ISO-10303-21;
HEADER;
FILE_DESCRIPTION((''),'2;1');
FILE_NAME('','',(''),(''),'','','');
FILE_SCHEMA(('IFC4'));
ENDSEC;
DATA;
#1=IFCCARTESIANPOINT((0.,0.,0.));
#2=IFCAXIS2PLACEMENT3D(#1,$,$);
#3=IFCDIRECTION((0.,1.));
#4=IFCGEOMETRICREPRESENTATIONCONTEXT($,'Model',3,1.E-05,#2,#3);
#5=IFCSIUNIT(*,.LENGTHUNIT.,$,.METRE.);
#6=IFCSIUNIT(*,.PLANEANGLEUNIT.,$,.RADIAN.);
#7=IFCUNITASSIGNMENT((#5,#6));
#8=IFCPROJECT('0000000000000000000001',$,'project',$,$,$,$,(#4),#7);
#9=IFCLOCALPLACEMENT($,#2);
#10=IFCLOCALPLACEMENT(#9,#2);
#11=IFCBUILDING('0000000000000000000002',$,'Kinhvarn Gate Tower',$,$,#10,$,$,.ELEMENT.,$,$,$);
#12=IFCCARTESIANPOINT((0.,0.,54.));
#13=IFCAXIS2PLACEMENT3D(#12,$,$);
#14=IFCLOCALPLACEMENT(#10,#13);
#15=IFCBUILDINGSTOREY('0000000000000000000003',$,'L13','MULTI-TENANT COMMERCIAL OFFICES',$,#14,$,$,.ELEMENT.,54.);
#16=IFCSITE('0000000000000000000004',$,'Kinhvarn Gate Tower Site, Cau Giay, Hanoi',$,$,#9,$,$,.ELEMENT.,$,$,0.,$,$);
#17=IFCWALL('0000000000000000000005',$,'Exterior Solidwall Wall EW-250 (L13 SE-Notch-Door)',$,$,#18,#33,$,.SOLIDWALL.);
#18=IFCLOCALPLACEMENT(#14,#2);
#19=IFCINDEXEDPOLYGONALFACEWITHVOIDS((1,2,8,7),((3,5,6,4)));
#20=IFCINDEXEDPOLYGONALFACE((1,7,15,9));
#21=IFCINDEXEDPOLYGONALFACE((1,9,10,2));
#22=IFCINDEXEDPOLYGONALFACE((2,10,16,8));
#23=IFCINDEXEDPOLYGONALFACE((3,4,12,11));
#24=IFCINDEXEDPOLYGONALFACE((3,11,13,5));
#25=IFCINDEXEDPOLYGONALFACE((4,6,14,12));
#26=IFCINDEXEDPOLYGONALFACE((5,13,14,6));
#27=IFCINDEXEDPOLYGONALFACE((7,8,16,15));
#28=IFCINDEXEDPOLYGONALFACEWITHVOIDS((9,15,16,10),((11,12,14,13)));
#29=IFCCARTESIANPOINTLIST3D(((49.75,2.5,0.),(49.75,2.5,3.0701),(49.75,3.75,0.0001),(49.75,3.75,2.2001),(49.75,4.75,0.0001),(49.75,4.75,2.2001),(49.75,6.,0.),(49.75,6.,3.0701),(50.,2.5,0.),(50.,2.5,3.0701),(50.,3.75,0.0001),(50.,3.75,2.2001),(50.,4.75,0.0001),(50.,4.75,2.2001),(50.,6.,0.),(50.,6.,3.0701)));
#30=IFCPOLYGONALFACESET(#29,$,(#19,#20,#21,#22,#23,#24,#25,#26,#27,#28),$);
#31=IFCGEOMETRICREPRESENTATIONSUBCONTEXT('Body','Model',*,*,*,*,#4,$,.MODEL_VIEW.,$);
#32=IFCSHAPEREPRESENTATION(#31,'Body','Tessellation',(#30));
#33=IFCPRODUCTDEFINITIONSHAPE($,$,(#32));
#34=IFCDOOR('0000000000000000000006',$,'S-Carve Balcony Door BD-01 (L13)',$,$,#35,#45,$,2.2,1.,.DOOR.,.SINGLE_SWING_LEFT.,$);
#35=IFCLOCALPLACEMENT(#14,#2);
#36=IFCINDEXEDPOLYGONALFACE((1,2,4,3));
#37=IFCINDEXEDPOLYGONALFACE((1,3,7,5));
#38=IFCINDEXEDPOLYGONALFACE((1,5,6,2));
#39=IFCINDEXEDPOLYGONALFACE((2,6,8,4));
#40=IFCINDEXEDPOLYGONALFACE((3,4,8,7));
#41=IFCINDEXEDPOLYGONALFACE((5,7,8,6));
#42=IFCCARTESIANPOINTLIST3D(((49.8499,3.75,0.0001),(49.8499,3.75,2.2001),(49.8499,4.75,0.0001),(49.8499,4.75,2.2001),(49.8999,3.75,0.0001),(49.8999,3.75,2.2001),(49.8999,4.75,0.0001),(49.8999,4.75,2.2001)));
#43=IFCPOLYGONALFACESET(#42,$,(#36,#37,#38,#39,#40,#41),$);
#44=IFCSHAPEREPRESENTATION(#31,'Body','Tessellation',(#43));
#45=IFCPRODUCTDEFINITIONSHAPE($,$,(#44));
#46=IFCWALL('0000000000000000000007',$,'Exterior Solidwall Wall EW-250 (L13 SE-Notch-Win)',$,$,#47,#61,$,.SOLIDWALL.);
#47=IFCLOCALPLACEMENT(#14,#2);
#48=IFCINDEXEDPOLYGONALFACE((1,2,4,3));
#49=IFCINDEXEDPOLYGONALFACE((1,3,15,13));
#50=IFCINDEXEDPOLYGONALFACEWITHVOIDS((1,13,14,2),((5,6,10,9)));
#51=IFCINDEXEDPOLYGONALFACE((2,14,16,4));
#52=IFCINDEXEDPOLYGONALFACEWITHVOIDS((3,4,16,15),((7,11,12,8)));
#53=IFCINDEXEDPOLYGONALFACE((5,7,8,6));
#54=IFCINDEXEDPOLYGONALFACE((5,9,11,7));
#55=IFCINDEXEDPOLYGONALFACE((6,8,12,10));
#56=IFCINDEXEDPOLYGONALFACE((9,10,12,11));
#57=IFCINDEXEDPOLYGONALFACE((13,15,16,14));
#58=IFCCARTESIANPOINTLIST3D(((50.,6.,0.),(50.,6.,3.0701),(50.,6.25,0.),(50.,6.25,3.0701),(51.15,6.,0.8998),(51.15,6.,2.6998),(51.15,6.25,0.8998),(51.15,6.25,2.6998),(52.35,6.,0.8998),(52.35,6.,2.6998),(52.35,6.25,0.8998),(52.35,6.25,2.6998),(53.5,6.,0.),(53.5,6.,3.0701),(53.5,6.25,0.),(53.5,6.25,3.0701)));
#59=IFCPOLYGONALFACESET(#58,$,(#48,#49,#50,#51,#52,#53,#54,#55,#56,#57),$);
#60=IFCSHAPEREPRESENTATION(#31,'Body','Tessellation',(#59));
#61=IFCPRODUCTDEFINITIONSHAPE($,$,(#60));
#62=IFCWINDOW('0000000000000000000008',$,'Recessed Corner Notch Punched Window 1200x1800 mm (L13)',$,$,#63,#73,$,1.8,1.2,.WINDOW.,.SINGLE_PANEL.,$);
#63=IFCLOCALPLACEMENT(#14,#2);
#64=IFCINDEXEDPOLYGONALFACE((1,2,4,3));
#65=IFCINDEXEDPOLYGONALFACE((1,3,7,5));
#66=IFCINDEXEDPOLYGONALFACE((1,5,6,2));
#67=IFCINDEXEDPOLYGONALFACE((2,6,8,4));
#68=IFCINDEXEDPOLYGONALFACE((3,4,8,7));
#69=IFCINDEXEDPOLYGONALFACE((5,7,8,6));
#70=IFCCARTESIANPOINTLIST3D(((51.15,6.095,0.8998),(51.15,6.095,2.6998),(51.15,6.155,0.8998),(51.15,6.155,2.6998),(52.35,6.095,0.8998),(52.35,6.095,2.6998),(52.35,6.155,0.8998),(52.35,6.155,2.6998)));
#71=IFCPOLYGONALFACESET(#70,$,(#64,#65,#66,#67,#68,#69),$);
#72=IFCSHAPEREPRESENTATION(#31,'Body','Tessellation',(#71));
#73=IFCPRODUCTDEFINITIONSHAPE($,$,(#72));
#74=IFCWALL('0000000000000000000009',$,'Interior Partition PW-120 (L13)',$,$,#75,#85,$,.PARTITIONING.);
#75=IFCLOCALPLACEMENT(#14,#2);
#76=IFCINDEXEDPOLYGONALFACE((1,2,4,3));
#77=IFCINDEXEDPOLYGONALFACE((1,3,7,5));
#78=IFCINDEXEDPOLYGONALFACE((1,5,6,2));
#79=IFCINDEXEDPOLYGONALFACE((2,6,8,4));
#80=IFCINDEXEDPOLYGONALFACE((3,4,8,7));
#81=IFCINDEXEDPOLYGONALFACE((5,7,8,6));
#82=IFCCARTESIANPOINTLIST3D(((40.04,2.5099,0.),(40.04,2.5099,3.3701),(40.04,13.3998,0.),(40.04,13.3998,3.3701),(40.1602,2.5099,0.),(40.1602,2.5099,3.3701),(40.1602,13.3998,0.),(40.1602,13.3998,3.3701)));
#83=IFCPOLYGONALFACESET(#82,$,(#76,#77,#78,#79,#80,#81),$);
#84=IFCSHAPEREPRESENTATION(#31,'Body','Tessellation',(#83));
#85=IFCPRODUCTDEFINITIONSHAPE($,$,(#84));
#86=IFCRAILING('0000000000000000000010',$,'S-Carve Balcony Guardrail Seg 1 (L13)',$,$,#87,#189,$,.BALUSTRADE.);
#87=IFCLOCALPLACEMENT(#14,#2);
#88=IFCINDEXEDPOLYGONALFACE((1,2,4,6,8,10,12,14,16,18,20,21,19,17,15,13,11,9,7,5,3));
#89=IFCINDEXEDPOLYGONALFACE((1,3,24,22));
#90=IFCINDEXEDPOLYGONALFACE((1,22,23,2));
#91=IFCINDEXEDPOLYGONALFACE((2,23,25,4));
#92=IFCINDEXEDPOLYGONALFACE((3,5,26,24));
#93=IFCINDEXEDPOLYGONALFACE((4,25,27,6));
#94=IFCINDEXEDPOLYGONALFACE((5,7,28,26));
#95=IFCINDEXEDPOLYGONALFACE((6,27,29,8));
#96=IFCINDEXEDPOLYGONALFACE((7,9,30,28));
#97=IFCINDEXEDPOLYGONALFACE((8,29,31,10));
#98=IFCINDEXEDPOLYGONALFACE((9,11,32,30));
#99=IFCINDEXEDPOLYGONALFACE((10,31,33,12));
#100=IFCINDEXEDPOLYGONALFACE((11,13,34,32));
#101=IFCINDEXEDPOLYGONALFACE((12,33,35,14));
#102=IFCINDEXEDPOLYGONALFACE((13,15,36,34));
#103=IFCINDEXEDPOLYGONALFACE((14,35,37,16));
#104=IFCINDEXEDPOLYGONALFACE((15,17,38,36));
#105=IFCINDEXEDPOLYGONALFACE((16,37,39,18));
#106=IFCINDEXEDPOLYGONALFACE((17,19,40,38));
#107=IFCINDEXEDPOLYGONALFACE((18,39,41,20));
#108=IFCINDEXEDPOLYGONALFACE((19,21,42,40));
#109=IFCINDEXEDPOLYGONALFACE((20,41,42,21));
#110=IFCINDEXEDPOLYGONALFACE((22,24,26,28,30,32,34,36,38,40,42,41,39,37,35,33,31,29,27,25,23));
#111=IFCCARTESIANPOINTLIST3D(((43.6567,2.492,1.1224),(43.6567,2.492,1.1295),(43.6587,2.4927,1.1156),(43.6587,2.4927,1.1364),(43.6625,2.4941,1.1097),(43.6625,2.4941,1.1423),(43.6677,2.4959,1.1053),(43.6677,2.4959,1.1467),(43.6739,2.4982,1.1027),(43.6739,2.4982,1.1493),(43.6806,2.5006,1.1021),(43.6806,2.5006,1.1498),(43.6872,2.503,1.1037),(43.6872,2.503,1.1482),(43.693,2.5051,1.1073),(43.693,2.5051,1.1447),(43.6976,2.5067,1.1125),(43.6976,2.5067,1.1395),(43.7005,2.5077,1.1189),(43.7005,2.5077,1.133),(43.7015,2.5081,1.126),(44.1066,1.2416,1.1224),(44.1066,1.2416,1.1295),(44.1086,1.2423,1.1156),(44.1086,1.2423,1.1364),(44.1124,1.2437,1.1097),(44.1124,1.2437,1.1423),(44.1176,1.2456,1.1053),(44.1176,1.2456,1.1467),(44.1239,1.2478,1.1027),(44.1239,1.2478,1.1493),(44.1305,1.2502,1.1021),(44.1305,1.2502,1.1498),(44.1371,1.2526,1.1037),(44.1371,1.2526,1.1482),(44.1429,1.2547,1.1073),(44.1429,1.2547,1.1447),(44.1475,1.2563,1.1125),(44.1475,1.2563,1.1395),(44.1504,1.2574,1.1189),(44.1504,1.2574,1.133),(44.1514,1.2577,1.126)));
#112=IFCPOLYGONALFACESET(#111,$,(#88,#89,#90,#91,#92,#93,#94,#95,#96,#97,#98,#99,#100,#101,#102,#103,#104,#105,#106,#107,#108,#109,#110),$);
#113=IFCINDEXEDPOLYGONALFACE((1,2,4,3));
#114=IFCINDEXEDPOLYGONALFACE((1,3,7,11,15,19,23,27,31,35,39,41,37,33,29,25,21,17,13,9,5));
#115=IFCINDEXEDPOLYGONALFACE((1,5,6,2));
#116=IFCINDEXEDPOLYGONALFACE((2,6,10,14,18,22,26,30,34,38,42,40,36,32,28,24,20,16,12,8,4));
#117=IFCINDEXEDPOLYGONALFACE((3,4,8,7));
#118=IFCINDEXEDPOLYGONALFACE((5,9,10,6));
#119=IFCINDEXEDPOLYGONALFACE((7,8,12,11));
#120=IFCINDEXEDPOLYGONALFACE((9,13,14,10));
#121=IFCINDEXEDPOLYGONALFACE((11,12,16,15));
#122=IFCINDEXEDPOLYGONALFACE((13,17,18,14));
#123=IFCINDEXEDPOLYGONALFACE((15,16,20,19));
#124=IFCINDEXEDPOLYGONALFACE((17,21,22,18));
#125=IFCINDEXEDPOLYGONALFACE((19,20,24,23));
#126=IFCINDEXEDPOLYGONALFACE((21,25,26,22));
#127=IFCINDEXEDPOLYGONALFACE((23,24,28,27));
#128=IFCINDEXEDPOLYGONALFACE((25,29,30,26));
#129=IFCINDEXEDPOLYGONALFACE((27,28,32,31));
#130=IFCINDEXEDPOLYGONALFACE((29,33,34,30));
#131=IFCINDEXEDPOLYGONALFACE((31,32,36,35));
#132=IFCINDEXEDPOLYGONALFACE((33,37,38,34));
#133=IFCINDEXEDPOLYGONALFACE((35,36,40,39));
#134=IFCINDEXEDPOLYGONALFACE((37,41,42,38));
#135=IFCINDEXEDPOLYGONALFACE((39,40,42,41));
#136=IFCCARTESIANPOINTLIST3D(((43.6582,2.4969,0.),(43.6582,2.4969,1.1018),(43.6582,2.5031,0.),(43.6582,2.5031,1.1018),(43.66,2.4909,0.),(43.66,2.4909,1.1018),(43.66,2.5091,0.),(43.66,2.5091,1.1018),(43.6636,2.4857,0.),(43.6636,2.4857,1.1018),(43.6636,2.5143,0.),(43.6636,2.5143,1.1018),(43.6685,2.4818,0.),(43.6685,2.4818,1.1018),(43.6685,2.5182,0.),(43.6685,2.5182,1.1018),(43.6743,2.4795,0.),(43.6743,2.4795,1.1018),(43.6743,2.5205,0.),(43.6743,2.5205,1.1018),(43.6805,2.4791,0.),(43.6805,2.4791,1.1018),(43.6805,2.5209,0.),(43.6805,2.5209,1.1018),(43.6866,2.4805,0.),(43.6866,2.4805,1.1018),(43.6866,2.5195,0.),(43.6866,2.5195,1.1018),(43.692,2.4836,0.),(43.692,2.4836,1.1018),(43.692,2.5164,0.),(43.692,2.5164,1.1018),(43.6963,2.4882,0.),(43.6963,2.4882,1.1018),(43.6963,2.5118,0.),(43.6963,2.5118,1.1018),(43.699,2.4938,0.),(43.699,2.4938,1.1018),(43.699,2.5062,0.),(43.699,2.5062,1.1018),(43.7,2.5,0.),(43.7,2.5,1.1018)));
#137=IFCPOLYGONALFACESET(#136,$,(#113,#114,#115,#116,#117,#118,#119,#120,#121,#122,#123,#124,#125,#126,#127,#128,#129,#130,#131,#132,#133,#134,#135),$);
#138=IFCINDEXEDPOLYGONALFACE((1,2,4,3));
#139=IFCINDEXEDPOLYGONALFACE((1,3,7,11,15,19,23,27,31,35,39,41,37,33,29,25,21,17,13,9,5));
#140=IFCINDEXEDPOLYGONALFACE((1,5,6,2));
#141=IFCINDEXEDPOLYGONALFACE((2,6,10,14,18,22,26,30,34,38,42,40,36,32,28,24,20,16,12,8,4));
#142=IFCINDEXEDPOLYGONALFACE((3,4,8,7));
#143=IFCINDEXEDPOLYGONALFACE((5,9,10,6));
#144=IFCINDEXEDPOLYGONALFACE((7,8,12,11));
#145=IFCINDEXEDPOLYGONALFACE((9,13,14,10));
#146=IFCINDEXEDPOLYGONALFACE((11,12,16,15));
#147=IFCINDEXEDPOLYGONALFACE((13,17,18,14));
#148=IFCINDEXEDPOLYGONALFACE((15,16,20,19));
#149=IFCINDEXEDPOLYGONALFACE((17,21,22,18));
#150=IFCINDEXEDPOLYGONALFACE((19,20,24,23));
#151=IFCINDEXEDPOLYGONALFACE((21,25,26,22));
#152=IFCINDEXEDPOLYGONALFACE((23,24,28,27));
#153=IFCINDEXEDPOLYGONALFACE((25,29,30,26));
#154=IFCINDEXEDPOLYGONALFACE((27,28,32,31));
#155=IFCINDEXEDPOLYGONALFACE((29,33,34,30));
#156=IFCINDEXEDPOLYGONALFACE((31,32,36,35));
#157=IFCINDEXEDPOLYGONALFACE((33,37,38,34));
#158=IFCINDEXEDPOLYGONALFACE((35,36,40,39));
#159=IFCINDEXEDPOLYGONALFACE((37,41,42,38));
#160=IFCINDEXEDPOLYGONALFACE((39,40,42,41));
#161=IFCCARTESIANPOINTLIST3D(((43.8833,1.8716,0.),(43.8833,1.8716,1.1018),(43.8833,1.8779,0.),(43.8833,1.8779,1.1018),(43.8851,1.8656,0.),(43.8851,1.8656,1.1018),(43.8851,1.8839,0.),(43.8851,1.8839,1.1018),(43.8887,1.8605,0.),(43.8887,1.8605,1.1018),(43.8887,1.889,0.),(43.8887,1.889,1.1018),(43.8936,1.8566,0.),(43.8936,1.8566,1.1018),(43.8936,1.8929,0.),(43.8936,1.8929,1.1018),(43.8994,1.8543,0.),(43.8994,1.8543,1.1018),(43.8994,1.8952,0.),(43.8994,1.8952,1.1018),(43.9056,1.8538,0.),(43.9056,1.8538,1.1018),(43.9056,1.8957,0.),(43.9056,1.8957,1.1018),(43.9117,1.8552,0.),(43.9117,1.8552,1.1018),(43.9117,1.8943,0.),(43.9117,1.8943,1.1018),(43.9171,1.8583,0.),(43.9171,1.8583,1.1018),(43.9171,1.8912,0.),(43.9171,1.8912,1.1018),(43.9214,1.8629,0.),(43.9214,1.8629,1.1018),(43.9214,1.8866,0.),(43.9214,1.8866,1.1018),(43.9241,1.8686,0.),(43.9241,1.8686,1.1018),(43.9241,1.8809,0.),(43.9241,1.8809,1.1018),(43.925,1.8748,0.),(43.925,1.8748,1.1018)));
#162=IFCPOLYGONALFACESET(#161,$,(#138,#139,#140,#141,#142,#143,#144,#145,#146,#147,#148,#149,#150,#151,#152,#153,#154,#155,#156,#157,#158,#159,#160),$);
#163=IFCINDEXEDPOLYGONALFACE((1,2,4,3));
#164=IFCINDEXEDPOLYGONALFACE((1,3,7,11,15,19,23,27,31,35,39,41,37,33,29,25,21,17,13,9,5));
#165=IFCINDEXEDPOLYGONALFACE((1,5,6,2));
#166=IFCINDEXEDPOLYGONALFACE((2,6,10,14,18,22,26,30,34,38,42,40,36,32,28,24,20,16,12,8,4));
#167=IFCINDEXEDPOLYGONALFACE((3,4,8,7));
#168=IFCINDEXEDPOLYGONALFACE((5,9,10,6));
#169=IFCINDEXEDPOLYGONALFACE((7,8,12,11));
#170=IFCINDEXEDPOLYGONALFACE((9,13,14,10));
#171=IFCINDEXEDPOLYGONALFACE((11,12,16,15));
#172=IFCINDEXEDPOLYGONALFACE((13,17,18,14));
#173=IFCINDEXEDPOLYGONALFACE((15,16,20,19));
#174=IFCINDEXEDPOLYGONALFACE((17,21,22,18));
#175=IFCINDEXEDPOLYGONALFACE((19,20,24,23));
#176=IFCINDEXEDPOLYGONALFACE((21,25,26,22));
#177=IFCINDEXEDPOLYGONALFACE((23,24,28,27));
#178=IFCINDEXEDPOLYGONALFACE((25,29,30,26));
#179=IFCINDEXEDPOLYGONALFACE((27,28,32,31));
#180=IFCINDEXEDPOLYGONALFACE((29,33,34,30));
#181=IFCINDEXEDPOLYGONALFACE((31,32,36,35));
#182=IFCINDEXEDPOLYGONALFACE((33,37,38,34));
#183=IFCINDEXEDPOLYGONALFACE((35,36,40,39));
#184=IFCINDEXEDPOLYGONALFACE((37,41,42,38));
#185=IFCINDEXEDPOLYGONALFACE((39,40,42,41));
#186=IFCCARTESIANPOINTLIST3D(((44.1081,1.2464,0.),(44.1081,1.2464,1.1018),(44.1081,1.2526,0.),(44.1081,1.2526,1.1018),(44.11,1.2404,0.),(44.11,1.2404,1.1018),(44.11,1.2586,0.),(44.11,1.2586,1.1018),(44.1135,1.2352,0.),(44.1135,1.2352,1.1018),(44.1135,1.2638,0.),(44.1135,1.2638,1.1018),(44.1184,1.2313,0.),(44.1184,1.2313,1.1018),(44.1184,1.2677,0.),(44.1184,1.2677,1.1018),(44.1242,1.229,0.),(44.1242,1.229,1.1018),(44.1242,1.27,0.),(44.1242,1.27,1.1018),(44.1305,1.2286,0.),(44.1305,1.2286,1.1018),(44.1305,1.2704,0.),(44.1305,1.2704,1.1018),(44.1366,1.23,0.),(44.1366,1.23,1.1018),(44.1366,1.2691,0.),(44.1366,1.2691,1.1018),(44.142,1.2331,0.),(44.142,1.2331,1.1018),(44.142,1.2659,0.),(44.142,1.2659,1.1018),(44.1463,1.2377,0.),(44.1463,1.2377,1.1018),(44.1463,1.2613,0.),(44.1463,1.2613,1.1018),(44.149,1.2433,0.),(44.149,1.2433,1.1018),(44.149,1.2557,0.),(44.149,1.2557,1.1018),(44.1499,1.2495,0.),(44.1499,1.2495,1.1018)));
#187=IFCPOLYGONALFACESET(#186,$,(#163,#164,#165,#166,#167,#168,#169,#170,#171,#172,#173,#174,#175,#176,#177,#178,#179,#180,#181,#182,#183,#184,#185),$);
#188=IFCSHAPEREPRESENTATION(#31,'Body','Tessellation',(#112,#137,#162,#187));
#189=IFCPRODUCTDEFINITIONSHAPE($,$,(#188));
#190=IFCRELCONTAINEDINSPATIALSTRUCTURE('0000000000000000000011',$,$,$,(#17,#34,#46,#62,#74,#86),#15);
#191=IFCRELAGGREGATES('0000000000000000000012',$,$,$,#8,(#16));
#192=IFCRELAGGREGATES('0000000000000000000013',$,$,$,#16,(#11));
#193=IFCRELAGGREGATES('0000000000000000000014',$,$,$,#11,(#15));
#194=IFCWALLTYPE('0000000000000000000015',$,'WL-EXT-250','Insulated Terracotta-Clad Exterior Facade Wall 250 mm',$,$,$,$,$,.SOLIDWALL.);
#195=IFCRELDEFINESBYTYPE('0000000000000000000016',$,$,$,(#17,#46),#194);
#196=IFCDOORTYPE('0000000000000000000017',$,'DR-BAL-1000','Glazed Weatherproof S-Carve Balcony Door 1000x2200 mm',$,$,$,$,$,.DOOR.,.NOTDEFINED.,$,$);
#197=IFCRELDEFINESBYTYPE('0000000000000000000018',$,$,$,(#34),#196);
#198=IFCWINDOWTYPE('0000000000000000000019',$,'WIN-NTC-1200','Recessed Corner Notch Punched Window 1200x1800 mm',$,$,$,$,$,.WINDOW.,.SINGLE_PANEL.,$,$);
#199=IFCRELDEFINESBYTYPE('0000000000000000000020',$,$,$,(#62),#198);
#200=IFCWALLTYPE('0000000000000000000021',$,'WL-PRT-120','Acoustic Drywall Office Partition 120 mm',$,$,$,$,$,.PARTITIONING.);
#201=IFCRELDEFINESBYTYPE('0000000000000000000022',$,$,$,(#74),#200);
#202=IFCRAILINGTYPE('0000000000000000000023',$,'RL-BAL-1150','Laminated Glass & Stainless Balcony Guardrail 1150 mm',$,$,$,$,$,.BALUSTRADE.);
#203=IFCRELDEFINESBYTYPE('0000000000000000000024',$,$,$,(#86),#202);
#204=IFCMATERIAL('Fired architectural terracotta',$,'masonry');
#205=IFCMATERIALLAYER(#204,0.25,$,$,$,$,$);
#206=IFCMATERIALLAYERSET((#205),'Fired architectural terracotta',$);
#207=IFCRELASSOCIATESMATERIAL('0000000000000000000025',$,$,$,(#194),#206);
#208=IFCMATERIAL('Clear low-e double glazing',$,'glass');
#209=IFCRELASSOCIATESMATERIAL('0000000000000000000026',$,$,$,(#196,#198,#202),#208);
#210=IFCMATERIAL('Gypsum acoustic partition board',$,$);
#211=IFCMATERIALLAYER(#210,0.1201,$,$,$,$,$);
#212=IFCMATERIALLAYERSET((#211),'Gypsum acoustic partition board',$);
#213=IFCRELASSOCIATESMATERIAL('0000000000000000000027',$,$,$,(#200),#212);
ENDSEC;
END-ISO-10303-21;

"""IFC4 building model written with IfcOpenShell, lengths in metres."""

from ifc_helpers import new_model, si_unit, direction, frame, frame_2d, origin, origin_2d, place, context, subcontext, project, spatial, rectangle, circle, extrude, material, layer, layer_set, type_object, element, fill, save


model = new_model("IFC4")

# Units and contexts
model_context = context("Model", 3, precision=1e-05, world=origin(), true_north=direction((0.0, 1.0)))
body_context = subcontext(model_context, "Body", "Model", "MODEL_VIEW")
ifc_project = project(units=[si_unit("LENGTHUNIT", "METRE"), si_unit("PLANEANGLEUNIT", "RADIAN")], contexts=[model_context])

# Site, building, storey
site_placement = place(None, origin())
site = spatial("IfcSite", under=ifc_project, at=site_placement, Name="Kinhvarn Gate Tower Site, Cau Giay, Hanoi", CompositionType="ELEMENT", RefElevation=0.0)
building_placement = place(site_placement, origin())
building = spatial("IfcBuilding", under=site, at=building_placement, Name="Kinhvarn Gate Tower", CompositionType="ELEMENT")
storey_placement = place(building_placement, frame((0.0, 0.0, 54.0)))
storey = spatial("IfcBuildingStorey", under=building, at=storey_placement, Name="L13", Description="MULTI-TENANT COMMERCIAL OFFICES", CompositionType="ELEMENT", Elevation=54.0)

# Shared definitions
ifc_material_1 = material(Name="Clear low-e double glazing", Category="glass")

# Wall, opening, door
ifc_material_2 = material(Name="Fired architectural terracotta", Category="masonry")
ifc_layer_1 = layer(ifc_material_2, 0.25)
ifc_layer_set_1 = layer_set([ifc_layer_1], Name="Fired architectural terracotta")
wall_type_1 = type_object("IfcWallType", Name="WL-EXT-250", Description="Insulated Terracotta-Clad Exterior Facade Wall 250 mm", PredefinedType="SOLIDWALL", material=ifc_layer_set_1)
wall_1_placement = place(storey_placement, frame((49.875, 2.5, 0.0), z_axis=(0.0, 0.0, 1.0), x_axis=(0.0, 1.0, 0.0)))
wall_1 = element("IfcWall", 1, at=wall_1_placement, inside=storey, type_object=wall_type_1, Name="Exterior Solidwall Wall EW-250 (L13 SE-Notch-Door)", PredefinedType="SOLIDWALL", context=body_context, shape_type="SweptSolid", body=[
    extrude(rectangle(XDim=3.5, YDim=0.25, at=frame_2d((1.75, 0.0))), origin(), (0.0, 0.0, 1.0), 3.0701),
])
opening_1_placement = place(wall_1_placement, frame((1.25, 0.0, 0.0)))
opening_1 = element("IfcOpeningElement", 2, at=opening_1_placement, cuts=wall_1, PredefinedType="OPENING", context=body_context, shape_type="SweptSolid", body=[
    extrude(rectangle(XDim=1.0, YDim=2.2, at=frame_2d((0.5, 1.1001))), frame((0.0, 0.135, 0.0), z_axis=(0.0, -1.0, 0.0), x_axis=(1.0, 0.0, 0.0)), (0.0, 0.0, 1.0), 0.27),
])
door_type = type_object("IfcDoorType", Name="DR-BAL-1000", Description="Glazed Weatherproof S-Carve Balcony Door 1000x2200 mm", OperationType="NOTDEFINED", PredefinedType="DOOR", material=ifc_material_1)
door_placement = place(opening_1_placement, frame((1.0, 0.0, 0.0), z_axis=(0.0, 0.0, 1.0), x_axis=(-1.0, 0.0, 0.0)))
door = element("IfcDoor", 3, at=door_placement, inside=storey, type_object=door_type, Name="S-Carve Balcony Door BD-01 (L13)", OperationType="SINGLE_SWING_LEFT", OverallHeight=2.2, OverallWidth=1.0, PredefinedType="DOOR", context=body_context, shape_type="SweptSolid", body=[
    extrude(rectangle(XDim=1.0, YDim=2.2, at=frame_2d((0.5, 1.1001))), frame((0.0, 0.0249, 0.0), z_axis=(0.0, -1.0, 0.0), x_axis=(1.0, 0.0, 0.0)), (0.0, 0.0, 1.0), 0.05),
])
fill(opening_1, door)

# Wall, opening, window
wall_2_placement = place(storey_placement, frame((50.0, 6.125, 0.0), z_axis=(0.0, 0.0, 1.0), x_axis=(1.0, 0.0, 0.0)))
wall_2 = element("IfcWall", 4, at=wall_2_placement, inside=storey, type_object=wall_type_1, Name="Exterior Solidwall Wall EW-250 (L13 SE-Notch-Win)", PredefinedType="SOLIDWALL", context=body_context, shape_type="SweptSolid", body=[
    extrude(rectangle(XDim=3.5, YDim=0.25, at=frame_2d((1.75, 0.0))), origin(), (0.0, 0.0, 1.0), 3.0701),
])
opening_2_placement = place(wall_2_placement, frame((1.1499, 0.0, 0.8999)))
opening_2 = element("IfcOpeningElement", 5, at=opening_2_placement, cuts=wall_2, PredefinedType="OPENING", context=body_context, shape_type="SweptSolid", body=[
    extrude(rectangle(XDim=1.2, YDim=1.8, at=frame_2d((0.6001, 0.8999))), frame((0.0, 0.135, 0.0), z_axis=(0.0, -1.0, 0.0), x_axis=(1.0, 0.0, 0.0)), (0.0, 0.0, 1.0), 0.27),
])
window_type = type_object("IfcWindowType", Name="WIN-NTC-1200", Description="Recessed Corner Notch Punched Window 1200x1800 mm", PartitioningType="SINGLE_PANEL", PredefinedType="WINDOW", material=ifc_material_1)
window_placement = place(opening_2_placement, origin())
window = element("IfcWindow", 6, at=window_placement, inside=storey, type_object=window_type, Name="Recessed Corner Notch Punched Window 1200x1800 mm (L13)", OverallHeight=1.8, OverallWidth=1.2, PartitioningType="SINGLE_PANEL", PredefinedType="WINDOW", context=body_context, shape_type="SweptSolid", body=[
    extrude(rectangle(XDim=1.2, YDim=1.8, at=frame_2d((0.6001, 0.8999))), frame((0.0, 0.03, 0.0), z_axis=(0.0, -1.0, 0.0), x_axis=(1.0, 0.0, 0.0)), (0.0, 0.0, 1.0), 0.0601),
])
fill(opening_2, window)

# Wall
ifc_material_3 = material(Name="Gypsum acoustic partition board")
ifc_layer_2 = layer(ifc_material_3, 0.1201)
ifc_layer_set_2 = layer_set([ifc_layer_2], Name="Gypsum acoustic partition board")
wall_type_2 = type_object("IfcWallType", Name="WL-PRT-120", Description="Acoustic Drywall Office Partition 120 mm", PredefinedType="PARTITIONING", material=ifc_layer_set_2)
wall_3_placement = place(storey_placement, frame((40.1001, 2.51, 0.0), z_axis=(0.0, 0.0, 1.0), x_axis=(0.0, 1.0, 0.0)))
element("IfcWall", 7, at=wall_3_placement, inside=storey, type_object=wall_type_2, Name="Interior Partition PW-120 (L13)", PredefinedType="PARTITIONING", context=body_context, shape_type="SweptSolid", body=[
    extrude(rectangle(XDim=10.8899, YDim=0.1201, at=frame_2d((5.4448, 0.0))), origin(), (0.0, 0.0, 1.0), 3.3701),
])

# Railing
railing_type = type_object("IfcRailingType", Name="RL-BAL-1150", Description="Laminated Glass & Stainless Balcony Guardrail 1150 mm", PredefinedType="BALUSTRADE", material=ifc_material_1)
railing_1_placement = place(storey_placement, frame((43.679, 2.5, 0.0)))
element("IfcRailing", 8, at=railing_1_placement, inside=storey, type_object=railing_type, Name="S-Carve Balcony Guardrail Seg 1 (L13)", PredefinedType="BALUSTRADE", context=body_context, shape_type="SweptSolid", body=[
    extrude(circle(Radius=0.0239, at=origin_2d()), frame((0.0, 0.0, 1.126), z_axis=(0.33857, -0.940941, 0.0), x_axis=(0.940941, 0.33857, 0.0)), (0.0, 0.0, 1.0), 1.3289),
    extrude(circle(Radius=0.021, at=origin_2d()), origin(), (0.0, 0.0, 1.0), 1.1018),
    extrude(circle(Radius=0.021, at=origin_2d()), frame((0.2251, -0.6252, 0.0)), (0.0, 0.0, 1.0), 1.1018),
    extrude(circle(Radius=0.021, at=origin_2d()), frame((0.45, -1.2505, 0.0)), (0.0, 0.0, 1.0), 1.1018),
])

save(model, "model.ifc")
